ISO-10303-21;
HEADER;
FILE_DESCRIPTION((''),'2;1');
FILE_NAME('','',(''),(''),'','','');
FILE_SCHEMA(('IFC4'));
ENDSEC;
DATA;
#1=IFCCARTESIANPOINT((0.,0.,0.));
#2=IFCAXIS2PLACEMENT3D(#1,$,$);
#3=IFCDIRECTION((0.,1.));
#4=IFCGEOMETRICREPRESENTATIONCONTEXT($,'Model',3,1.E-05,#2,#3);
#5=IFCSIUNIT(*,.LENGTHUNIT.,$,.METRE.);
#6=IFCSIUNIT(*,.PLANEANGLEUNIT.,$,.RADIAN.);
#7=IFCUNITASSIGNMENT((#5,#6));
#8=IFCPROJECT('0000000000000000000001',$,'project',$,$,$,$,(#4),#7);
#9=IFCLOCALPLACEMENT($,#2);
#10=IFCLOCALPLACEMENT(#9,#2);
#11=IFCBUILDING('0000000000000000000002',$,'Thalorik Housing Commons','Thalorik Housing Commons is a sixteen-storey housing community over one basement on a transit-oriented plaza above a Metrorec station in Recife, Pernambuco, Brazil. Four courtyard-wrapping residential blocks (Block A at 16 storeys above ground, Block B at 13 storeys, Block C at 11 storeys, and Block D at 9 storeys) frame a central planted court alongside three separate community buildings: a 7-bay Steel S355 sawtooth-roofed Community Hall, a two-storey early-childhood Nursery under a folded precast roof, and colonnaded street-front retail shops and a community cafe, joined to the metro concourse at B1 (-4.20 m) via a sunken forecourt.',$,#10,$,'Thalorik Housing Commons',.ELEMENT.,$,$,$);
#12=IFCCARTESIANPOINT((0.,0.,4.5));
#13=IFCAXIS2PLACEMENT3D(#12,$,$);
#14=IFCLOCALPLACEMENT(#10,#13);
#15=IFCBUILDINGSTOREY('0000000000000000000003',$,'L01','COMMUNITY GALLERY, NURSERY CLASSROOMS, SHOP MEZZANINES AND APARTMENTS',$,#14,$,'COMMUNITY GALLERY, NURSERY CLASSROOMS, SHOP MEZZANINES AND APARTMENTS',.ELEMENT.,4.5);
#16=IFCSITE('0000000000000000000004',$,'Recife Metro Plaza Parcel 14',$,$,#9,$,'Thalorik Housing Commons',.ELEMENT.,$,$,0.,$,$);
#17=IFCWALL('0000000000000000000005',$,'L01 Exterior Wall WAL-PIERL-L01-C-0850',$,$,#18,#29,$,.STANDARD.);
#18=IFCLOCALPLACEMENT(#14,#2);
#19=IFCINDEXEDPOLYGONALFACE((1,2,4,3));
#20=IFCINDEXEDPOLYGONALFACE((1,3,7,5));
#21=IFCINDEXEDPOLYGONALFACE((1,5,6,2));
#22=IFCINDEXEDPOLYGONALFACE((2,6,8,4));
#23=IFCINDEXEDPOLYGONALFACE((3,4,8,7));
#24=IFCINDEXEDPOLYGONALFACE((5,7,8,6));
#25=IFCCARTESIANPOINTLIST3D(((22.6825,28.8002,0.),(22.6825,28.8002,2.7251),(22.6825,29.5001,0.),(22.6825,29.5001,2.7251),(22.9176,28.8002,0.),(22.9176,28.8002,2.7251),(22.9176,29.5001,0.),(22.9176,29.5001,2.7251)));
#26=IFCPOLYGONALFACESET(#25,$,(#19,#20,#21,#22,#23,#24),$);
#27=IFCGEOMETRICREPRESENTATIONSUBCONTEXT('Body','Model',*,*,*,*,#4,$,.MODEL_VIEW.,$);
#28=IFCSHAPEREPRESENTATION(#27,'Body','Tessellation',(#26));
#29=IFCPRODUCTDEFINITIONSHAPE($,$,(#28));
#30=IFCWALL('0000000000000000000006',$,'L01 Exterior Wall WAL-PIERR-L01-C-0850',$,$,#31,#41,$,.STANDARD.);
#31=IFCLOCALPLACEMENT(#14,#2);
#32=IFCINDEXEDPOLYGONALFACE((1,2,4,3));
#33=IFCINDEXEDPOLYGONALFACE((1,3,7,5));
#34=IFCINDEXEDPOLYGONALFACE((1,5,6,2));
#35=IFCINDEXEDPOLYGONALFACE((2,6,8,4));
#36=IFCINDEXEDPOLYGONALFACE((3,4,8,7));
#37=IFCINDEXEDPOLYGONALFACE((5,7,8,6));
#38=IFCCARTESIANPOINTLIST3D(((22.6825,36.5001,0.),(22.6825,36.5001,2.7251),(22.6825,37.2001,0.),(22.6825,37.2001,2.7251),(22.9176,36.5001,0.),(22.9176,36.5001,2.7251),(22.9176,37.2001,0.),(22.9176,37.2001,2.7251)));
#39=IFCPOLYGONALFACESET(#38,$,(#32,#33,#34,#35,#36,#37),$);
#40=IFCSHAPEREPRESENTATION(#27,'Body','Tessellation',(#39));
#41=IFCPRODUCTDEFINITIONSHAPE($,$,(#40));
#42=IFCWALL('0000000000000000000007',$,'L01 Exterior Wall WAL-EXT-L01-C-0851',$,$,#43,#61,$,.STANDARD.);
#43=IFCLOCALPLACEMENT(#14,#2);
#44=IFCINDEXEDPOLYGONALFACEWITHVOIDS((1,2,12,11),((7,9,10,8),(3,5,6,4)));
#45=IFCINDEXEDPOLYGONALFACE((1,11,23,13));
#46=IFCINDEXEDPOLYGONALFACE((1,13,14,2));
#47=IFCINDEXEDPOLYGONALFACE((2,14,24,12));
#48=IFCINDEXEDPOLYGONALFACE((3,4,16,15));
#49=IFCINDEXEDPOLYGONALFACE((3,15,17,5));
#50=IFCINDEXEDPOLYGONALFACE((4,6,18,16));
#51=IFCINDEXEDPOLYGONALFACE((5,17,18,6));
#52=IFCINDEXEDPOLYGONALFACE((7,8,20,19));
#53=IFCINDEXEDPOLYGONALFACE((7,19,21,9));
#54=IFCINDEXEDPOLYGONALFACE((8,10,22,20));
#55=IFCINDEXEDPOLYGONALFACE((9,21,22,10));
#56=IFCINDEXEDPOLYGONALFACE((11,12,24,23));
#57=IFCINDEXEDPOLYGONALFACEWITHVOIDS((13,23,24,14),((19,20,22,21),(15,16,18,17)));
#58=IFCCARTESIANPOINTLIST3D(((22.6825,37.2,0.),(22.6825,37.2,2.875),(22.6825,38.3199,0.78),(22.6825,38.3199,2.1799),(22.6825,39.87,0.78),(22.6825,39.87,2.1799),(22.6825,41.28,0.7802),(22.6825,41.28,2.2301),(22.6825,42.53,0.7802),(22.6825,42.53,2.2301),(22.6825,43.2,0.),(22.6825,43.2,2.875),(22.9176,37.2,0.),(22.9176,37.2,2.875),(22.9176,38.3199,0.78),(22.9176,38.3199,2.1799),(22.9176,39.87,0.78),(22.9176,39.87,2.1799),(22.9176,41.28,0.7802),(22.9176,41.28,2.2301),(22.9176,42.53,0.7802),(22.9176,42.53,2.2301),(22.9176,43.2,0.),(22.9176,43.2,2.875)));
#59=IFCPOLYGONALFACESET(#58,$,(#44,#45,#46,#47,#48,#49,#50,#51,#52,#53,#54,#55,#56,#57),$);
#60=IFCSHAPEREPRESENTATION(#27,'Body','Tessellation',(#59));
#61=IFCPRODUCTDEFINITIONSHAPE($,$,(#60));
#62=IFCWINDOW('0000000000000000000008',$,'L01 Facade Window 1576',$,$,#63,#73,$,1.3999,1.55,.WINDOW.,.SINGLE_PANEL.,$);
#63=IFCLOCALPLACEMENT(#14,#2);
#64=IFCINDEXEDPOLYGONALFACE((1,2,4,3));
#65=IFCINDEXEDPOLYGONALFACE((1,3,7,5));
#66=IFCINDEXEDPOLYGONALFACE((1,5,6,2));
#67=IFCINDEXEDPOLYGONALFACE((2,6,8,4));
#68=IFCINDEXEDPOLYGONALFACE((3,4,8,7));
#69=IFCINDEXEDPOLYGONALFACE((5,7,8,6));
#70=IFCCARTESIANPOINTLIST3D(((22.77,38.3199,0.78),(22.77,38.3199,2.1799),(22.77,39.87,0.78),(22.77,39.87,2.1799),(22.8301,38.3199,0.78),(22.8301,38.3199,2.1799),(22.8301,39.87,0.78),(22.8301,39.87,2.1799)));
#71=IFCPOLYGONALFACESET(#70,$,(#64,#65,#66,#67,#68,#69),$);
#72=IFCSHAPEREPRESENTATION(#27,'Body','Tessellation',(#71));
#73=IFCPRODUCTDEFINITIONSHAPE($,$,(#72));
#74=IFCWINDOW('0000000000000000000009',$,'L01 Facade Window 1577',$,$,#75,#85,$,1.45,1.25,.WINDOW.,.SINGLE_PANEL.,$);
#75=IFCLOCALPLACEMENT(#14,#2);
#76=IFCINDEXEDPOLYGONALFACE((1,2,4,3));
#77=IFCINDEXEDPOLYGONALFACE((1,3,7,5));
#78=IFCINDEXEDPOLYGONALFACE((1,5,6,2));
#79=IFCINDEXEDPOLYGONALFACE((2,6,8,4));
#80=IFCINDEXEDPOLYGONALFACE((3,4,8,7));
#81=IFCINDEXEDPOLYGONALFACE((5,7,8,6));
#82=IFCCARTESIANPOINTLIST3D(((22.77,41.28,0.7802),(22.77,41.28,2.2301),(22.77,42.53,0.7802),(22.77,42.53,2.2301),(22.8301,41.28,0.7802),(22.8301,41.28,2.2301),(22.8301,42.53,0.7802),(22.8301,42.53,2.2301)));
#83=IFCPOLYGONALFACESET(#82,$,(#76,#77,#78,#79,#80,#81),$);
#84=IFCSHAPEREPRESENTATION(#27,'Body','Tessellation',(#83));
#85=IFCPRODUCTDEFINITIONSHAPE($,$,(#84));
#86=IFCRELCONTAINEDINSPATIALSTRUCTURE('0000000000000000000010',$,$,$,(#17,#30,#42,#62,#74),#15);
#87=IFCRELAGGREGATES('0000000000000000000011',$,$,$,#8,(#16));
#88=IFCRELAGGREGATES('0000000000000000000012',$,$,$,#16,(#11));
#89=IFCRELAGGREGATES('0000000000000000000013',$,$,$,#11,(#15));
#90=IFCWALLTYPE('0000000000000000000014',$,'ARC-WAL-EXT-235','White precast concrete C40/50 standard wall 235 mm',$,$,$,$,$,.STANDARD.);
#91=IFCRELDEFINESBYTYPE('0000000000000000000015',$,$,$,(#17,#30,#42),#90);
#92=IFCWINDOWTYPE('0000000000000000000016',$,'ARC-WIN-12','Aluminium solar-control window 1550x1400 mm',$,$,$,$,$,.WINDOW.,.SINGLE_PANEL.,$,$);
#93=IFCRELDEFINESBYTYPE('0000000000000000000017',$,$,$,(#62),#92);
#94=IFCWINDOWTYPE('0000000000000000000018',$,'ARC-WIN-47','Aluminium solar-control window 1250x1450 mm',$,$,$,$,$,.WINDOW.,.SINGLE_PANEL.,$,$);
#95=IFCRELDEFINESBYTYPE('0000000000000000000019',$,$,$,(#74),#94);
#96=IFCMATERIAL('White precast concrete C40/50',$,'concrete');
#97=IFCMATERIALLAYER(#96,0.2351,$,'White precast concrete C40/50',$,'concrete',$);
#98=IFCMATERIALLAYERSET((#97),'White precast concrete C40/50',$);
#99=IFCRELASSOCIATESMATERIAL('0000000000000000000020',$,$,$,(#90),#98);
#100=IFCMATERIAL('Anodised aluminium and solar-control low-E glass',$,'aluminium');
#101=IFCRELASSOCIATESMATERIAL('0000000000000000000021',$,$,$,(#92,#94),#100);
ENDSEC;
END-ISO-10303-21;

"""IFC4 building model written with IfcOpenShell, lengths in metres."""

from ifc_helpers import new_model, si_unit, direction, frame, frame_2d, origin, place, context, subcontext, project, spatial, rectangle, extrude, material, layer, layer_set, type_object, element, fill, save


model = new_model("IFC4")

# Units and contexts
model_context = context("Model", 3, precision=1e-05, world=origin(), true_north=direction((0.0, 1.0)))
body_context = subcontext(model_context, "Body", "Model", "MODEL_VIEW")
ifc_project = project(units=[si_unit("LENGTHUNIT", "METRE"), si_unit("PLANEANGLEUNIT", "RADIAN")], contexts=[model_context])

# Site, building, storey
site_placement = place(None, origin())
site = spatial("IfcSite", under=ifc_project, at=site_placement, Name="Recife Metro Plaza Parcel 14", LongName="Thalorik Housing Commons", CompositionType="ELEMENT", RefElevation=0.0)
building_placement = place(site_placement, origin())
building = spatial("IfcBuilding", under=site, at=building_placement, Name="Thalorik Housing Commons", Description="Thalorik Housing Commons is a sixteen-storey housing community over one basement on a transit-oriented plaza above a Metrorec station in Recife, Pernambuco, Brazil. Four courtyard-wrapping residential blocks (Block A at 16 storeys above ground, Block B at 13 storeys, Block C at 11 storeys, and Block D at 9 storeys) frame a central planted court alongside three separate community buildings: a 7-bay Steel S355 sawtooth-roofed Community Hall, a two-storey early-childhood Nursery under a folded precast roof, and colonnaded street-front retail shops and a community cafe, joined to the metro concourse at B1 (-4.20 m) via a sunken forecourt.", LongName="Thalorik Housing Commons", CompositionType="ELEMENT")
storey_placement = place(building_placement, frame((0.0, 0.0, 4.5)))
storey = spatial("IfcBuildingStorey", under=building, at=storey_placement, Name="L01", Description="COMMUNITY GALLERY, NURSERY CLASSROOMS, SHOP MEZZANINES AND APARTMENTS", LongName="COMMUNITY GALLERY, NURSERY CLASSROOMS, SHOP MEZZANINES AND APARTMENTS", CompositionType="ELEMENT", Elevation=4.5)

# Shared definitions
ifc_material_1 = material(Name="Anodised aluminium and solar-control low-E glass", Category="aluminium")

# Walls
ifc_material_2 = material(Name="White precast concrete C40/50", Category="concrete")
ifc_layer_1 = layer(ifc_material_2, 0.2351, Name="White precast concrete C40/50", Category="concrete")
ifc_layer_set_1 = layer_set([ifc_layer_1], Name="White precast concrete C40/50")
wall_type = type_object("IfcWallType", Name="ARC-WAL-EXT-235", Description="White precast concrete C40/50 standard wall 235 mm", PredefinedType="STANDARD", material=ifc_layer_set_1)
for number, where, z_axis, x_axis, name in (
    (1, (22.8, 28.8, 0.0), (0.0, 0.0, 1.0), (0.0, 1.0, 0.0), "L01 Exterior Wall WAL-PIERL-L01-C-0850"),
    (2, (22.8, 36.5, 0.0), (0.0, 0.0, 1.0), (0.0, 1.0, 0.0), "L01 Exterior Wall WAL-PIERR-L01-C-0850"),
):
    element("IfcWall", number, at=place(storey_placement, frame(where, z_axis=z_axis, x_axis=x_axis)), inside=storey, type_object=wall_type, Name=name, PredefinedType="STANDARD", context=body_context, shape_type="SweptSolid", body=[
        extrude(rectangle(XDim=0.7, YDim=0.2351, at=frame_2d((0.3501, 0.0))), origin(), (0.0, 0.0, 1.0), 2.7251),
    ])

# Wall, openings, windows
wall_placement = place(storey_placement, frame((22.8, 37.2, 0.0), z_axis=(0.0, 0.0, 1.0), x_axis=(0.0, 1.0, 0.0)))
wall = element("IfcWall", 3, at=wall_placement, inside=storey, type_object=wall_type, Name="L01 Exterior Wall WAL-EXT-L01-C-0851", PredefinedType="STANDARD", context=body_context, shape_type="SweptSolid", body=[
    extrude(rectangle(XDim=6.0, YDim=0.2351, at=frame_2d((3.0, 0.0))), origin(), (0.0, 0.0, 1.0), 2.875),
])
opening_1_placement = place(wall_placement, frame((1.1201, 0.0, 0.78)))
opening_1 = element("IfcOpeningElement", 4, at=opening_1_placement, cuts=wall, PredefinedType="OPENING", context=body_context, shape_type="SweptSolid", body=[
    extrude(rectangle(XDim=1.55, YDim=1.3999, at=frame_2d((0.7749, 0.7))), frame((0.0, 0.1274, 0.0), z_axis=(0.0, -1.0, 0.0), x_axis=(1.0, 0.0, 0.0)), (0.0, 0.0, 1.0), 0.2551),
])
opening_2_placement = place(wall_placement, frame((4.0801, 0.0, 0.78)))
opening_2 = element("IfcOpeningElement", 5, at=opening_2_placement, cuts=wall, PredefinedType="OPENING", context=body_context, shape_type="SweptSolid", body=[
    extrude(rectangle(XDim=1.25, YDim=1.45, at=frame_2d((0.625, 0.7251))), frame((0.0, 0.1274, 0.0), z_axis=(0.0, -1.0, 0.0), x_axis=(1.0, 0.0, 0.0)), (0.0, 0.0, 1.0), 0.2551),
])
window_type_1 = type_object("IfcWindowType", Name="ARC-WIN-12", Description="Aluminium solar-control window 1550x1400 mm", PartitioningType="SINGLE_PANEL", PredefinedType="WINDOW", material=ifc_material_1)
window_1_placement = place(opening_1_placement, origin())
window_1 = element("IfcWindow", 6, at=window_1_placement, inside=storey, type_object=window_type_1, Name="L01 Facade Window 1576", OverallHeight=1.3999, OverallWidth=1.55, PartitioningType="SINGLE_PANEL", PredefinedType="WINDOW", context=body_context, shape_type="SweptSolid", body=[
    extrude(rectangle(XDim=1.55, YDim=1.3999, at=frame_2d((0.7749, 0.7))), frame((0.0, 0.03, 0.0), z_axis=(0.0, -1.0, 0.0), x_axis=(1.0, 0.0, 0.0)), (0.0, 0.0, 1.0), 0.0601),
])
fill(opening_1, window_1)
window_type_2 = type_object("IfcWindowType", Name="ARC-WIN-47", Description="Aluminium solar-control window 1250x1450 mm", PartitioningType="SINGLE_PANEL", PredefinedType="WINDOW", material=ifc_material_1)
window_2_placement = place(opening_2_placement, origin())
window_2 = element("IfcWindow", 7, at=window_2_placement, inside=storey, type_object=window_type_2, Name="L01 Facade Window 1577", OverallHeight=1.45, OverallWidth=1.25, PartitioningType="SINGLE_PANEL", PredefinedType="WINDOW", context=body_context, shape_type="SweptSolid", body=[
    extrude(rectangle(XDim=1.25, YDim=1.45, at=frame_2d((0.625, 0.7251))), frame((0.0, 0.03, 0.0), z_axis=(0.0, -1.0, 0.0), x_axis=(1.0, 0.0, 0.0)), (0.0, 0.0, 1.0), 0.0601),
])
fill(opening_2, window_2)

save(model, "model.ifc")
